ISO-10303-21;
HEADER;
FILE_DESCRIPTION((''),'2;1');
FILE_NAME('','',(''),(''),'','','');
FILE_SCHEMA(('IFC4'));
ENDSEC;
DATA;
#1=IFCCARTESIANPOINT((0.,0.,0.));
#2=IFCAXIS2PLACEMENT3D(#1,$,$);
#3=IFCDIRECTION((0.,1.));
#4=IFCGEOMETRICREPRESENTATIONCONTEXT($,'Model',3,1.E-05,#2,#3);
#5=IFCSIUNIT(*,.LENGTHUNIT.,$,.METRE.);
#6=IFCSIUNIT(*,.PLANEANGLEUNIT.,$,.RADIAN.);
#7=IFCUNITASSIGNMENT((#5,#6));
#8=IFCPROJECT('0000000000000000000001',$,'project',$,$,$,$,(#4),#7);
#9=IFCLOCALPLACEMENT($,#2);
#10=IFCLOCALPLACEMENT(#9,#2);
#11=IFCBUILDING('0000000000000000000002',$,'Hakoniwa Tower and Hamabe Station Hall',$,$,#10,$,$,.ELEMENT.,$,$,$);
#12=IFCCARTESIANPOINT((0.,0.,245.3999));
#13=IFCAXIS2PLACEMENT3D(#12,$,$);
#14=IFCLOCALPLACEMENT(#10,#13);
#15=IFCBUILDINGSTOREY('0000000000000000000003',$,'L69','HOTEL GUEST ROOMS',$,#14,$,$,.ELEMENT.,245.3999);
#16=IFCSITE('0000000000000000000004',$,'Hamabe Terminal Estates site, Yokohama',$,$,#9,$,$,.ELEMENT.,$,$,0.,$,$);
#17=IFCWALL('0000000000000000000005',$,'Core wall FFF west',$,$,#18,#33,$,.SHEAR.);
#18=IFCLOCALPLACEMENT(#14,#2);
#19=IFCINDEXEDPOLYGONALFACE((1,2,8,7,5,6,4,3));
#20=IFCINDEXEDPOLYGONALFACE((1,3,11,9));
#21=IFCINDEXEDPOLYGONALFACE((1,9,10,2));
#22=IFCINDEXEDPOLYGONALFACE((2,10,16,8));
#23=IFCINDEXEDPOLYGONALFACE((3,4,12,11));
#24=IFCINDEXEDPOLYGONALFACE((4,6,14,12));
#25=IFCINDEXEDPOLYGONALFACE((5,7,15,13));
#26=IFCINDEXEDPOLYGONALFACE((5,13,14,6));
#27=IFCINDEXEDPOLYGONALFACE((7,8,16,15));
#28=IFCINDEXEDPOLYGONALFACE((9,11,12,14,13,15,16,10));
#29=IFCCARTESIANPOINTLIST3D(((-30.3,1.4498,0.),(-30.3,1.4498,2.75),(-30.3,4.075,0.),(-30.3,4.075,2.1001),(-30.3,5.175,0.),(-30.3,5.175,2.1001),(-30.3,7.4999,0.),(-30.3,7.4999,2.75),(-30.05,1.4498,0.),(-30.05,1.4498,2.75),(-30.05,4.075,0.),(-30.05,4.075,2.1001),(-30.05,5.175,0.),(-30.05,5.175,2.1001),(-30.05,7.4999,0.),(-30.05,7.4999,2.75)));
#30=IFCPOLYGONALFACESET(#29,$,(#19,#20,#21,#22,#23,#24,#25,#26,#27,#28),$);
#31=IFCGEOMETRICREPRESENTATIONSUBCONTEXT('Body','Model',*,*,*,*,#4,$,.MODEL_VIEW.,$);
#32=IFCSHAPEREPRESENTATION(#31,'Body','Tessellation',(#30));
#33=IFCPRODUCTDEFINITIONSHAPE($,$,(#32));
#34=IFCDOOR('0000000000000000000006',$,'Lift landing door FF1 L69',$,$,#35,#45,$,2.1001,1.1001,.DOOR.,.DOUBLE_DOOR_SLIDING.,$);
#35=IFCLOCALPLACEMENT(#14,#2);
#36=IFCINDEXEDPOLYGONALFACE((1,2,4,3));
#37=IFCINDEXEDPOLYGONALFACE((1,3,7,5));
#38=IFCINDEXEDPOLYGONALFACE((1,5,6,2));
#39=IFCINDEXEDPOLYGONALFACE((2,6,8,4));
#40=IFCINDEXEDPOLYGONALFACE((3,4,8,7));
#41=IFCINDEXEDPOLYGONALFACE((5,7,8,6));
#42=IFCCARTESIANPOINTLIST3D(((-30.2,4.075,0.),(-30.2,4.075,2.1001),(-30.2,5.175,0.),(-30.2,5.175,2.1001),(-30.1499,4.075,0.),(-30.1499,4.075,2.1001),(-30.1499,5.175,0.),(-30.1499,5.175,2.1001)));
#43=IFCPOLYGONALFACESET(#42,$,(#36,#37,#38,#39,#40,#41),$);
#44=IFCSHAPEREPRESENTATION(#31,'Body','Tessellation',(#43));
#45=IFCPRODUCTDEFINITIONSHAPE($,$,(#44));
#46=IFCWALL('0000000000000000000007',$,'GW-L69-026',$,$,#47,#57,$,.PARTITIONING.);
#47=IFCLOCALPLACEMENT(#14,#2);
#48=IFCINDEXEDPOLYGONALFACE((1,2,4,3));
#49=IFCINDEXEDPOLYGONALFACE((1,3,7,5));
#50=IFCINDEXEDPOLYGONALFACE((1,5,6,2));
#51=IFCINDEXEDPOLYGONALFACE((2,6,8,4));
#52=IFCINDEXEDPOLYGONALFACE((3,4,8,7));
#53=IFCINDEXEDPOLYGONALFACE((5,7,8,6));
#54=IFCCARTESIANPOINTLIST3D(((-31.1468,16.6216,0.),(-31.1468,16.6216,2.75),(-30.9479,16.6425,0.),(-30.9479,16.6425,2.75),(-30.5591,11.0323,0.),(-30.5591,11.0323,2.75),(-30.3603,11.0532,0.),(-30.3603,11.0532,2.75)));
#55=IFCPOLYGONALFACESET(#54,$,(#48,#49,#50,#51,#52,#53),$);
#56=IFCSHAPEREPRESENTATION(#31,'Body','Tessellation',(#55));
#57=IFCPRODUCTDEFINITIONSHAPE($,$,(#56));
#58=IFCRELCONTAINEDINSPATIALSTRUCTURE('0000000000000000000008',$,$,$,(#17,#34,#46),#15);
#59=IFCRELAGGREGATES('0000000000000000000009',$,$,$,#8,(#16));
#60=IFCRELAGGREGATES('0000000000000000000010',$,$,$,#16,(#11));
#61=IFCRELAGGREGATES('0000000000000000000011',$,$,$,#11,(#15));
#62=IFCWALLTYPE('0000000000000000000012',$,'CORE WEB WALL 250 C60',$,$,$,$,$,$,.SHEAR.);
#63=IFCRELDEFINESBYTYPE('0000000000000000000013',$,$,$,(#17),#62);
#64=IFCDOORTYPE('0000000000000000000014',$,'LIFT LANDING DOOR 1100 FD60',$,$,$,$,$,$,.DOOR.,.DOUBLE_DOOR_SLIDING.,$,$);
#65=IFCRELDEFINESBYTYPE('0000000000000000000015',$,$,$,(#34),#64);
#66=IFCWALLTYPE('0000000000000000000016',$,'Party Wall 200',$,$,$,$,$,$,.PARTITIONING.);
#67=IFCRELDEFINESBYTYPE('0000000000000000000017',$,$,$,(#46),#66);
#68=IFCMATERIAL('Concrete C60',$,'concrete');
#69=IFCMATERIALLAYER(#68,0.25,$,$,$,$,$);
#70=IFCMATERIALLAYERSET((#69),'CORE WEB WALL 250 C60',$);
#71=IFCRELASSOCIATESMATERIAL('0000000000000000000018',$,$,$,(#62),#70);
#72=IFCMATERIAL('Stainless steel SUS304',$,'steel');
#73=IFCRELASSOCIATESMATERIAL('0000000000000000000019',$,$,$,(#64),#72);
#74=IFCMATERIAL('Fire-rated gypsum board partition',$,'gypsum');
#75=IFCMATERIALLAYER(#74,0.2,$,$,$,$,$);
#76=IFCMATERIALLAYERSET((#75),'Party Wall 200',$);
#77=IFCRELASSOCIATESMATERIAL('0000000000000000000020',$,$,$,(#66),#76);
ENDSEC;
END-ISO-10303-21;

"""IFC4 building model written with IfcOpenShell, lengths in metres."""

from ifc_helpers import new_model, si_unit, direction, frame, frame_2d, origin, place, context, subcontext, project, spatial, rectangle, extrude, material, layer, layer_set, type_object, element, fill, save


model = new_model("IFC4")

# Units and contexts
model_context = context("Model", 3, precision=1e-05, world=origin(), true_north=direction((0.0, 1.0)))
body_context = subcontext(model_context, "Body", "Model", "MODEL_VIEW")
ifc_project = project(units=[si_unit("LENGTHUNIT", "METRE"), si_unit("PLANEANGLEUNIT", "RADIAN")], contexts=[model_context])

# Site, building, storey
site_placement = place(None, origin())
site = spatial("IfcSite", under=ifc_project, at=site_placement, Name="Hamabe Terminal Estates site, Yokohama", CompositionType="ELEMENT", RefElevation=0.0)
building_placement = place(site_placement, origin())
building = spatial("IfcBuilding", under=site, at=building_placement, Name="Hakoniwa Tower and Hamabe Station Hall", CompositionType="ELEMENT")
storey_placement = place(building_placement, frame((0.0, 0.0, 245.3999)))
storey = spatial("IfcBuildingStorey", under=building, at=storey_placement, Name="L69", Description="HOTEL GUEST ROOMS", CompositionType="ELEMENT", Elevation=245.3999)

# Shared definitions
ifc_material_1 = material(Name="Concrete C60", Category="concrete")
ifc_layer_1 = layer(ifc_material_1, 0.25)
ifc_layer_set_1 = layer_set([ifc_layer_1], Name="CORE WEB WALL 250 C60")
wall_type_1 = type_object("IfcWallType", Name="CORE WEB WALL 250 C60", PredefinedType="SHEAR", material=ifc_layer_set_1)

# Wall, opening, door
wall_1_placement = place(storey_placement, frame((-30.175, 1.45, 0.0), z_axis=(0.0, 0.0, 1.0), x_axis=(0.0, 1.0, 0.0)))
wall_1 = element("IfcWall", 1, at=wall_1_placement, inside=storey, type_object=wall_type_1, Name="Core wall FFF west", PredefinedType="SHEAR", context=body_context, shape_type="SweptSolid", body=[
    extrude(rectangle(XDim=6.05, YDim=0.25, at=frame_2d((3.0249, 0.0))), origin(), (0.0, 0.0, 1.0), 2.75),
])
opening_1_placement = place(wall_1_placement, frame((2.625, 0.0, 0.0)))
opening_1 = element("IfcOpeningElement", 2, at=opening_1_placement, cuts=wall_1, PredefinedType="OPENING", context=body_context, shape_type="SweptSolid", body=[
    extrude(rectangle(XDim=1.1001, YDim=2.1001, at=frame_2d((0.55, 1.05))), frame((0.0, 0.135, 0.0), z_axis=(0.0, -1.0, 0.0), x_axis=(1.0, 0.0, 0.0)), (0.0, 0.0, 1.0), 0.27),
])
ifc_material_2 = material(Name="Stainless steel SUS304", Category="steel")
door_type_1 = type_object("IfcDoorType", Name="LIFT LANDING DOOR 1100 FD60", OperationType="DOUBLE_DOOR_SLIDING", PredefinedType="DOOR", material=ifc_material_2)
door_1_placement = place(opening_1_placement, origin())
door_1 = element("IfcDoor", 3, at=door_1_placement, inside=storey, type_object=door_type_1, Name="Lift landing door FF1 L69", OperationType="DOUBLE_DOOR_SLIDING", OverallHeight=2.1001, OverallWidth=1.1001, PredefinedType="DOOR", context=body_context, shape_type="SweptSolid", body=[
    extrude(rectangle(XDim=1.1001, YDim=2.1001, at=frame_2d((0.55, 1.05))), frame((0.0, 0.0249, 0.0), z_axis=(0.0, -1.0, 0.0), x_axis=(1.0, 0.0, 0.0)), (0.0, 0.0, 1.0), 0.05),
])
fill(opening_1, door_1)

# Wall
ifc_material_3 = material(Name="Fire-rated gypsum board partition", Category="gypsum")
ifc_layer_2 = layer(ifc_material_3, 0.2)
ifc_layer_set_2 = layer_set([ifc_layer_2], Name="Party Wall 200")
wall_type_2 = type_object("IfcWallType", Name="Party Wall 200", PredefinedType="PARTITIONING", material=ifc_layer_set_2)
wall_2_placement = place(storey_placement, frame((-30.4597, 11.0427, 0.0), z_axis=(0.0, 0.0, 1.0), x_axis=(-0.10456, 0.994519, 0.0)))
element("IfcWall", 4, at=wall_2_placement, inside=storey, type_object=wall_type_2, Name="GW-L69-026", PredefinedType="PARTITIONING", context=body_context, shape_type="SweptSolid", body=[
    extrude(rectangle(XDim=5.6201, YDim=0.2, at=frame_2d((2.8101, 0.0))), origin(), (0.0, 0.0, 1.0), 2.75),
])

save(model, "model.ifc")
